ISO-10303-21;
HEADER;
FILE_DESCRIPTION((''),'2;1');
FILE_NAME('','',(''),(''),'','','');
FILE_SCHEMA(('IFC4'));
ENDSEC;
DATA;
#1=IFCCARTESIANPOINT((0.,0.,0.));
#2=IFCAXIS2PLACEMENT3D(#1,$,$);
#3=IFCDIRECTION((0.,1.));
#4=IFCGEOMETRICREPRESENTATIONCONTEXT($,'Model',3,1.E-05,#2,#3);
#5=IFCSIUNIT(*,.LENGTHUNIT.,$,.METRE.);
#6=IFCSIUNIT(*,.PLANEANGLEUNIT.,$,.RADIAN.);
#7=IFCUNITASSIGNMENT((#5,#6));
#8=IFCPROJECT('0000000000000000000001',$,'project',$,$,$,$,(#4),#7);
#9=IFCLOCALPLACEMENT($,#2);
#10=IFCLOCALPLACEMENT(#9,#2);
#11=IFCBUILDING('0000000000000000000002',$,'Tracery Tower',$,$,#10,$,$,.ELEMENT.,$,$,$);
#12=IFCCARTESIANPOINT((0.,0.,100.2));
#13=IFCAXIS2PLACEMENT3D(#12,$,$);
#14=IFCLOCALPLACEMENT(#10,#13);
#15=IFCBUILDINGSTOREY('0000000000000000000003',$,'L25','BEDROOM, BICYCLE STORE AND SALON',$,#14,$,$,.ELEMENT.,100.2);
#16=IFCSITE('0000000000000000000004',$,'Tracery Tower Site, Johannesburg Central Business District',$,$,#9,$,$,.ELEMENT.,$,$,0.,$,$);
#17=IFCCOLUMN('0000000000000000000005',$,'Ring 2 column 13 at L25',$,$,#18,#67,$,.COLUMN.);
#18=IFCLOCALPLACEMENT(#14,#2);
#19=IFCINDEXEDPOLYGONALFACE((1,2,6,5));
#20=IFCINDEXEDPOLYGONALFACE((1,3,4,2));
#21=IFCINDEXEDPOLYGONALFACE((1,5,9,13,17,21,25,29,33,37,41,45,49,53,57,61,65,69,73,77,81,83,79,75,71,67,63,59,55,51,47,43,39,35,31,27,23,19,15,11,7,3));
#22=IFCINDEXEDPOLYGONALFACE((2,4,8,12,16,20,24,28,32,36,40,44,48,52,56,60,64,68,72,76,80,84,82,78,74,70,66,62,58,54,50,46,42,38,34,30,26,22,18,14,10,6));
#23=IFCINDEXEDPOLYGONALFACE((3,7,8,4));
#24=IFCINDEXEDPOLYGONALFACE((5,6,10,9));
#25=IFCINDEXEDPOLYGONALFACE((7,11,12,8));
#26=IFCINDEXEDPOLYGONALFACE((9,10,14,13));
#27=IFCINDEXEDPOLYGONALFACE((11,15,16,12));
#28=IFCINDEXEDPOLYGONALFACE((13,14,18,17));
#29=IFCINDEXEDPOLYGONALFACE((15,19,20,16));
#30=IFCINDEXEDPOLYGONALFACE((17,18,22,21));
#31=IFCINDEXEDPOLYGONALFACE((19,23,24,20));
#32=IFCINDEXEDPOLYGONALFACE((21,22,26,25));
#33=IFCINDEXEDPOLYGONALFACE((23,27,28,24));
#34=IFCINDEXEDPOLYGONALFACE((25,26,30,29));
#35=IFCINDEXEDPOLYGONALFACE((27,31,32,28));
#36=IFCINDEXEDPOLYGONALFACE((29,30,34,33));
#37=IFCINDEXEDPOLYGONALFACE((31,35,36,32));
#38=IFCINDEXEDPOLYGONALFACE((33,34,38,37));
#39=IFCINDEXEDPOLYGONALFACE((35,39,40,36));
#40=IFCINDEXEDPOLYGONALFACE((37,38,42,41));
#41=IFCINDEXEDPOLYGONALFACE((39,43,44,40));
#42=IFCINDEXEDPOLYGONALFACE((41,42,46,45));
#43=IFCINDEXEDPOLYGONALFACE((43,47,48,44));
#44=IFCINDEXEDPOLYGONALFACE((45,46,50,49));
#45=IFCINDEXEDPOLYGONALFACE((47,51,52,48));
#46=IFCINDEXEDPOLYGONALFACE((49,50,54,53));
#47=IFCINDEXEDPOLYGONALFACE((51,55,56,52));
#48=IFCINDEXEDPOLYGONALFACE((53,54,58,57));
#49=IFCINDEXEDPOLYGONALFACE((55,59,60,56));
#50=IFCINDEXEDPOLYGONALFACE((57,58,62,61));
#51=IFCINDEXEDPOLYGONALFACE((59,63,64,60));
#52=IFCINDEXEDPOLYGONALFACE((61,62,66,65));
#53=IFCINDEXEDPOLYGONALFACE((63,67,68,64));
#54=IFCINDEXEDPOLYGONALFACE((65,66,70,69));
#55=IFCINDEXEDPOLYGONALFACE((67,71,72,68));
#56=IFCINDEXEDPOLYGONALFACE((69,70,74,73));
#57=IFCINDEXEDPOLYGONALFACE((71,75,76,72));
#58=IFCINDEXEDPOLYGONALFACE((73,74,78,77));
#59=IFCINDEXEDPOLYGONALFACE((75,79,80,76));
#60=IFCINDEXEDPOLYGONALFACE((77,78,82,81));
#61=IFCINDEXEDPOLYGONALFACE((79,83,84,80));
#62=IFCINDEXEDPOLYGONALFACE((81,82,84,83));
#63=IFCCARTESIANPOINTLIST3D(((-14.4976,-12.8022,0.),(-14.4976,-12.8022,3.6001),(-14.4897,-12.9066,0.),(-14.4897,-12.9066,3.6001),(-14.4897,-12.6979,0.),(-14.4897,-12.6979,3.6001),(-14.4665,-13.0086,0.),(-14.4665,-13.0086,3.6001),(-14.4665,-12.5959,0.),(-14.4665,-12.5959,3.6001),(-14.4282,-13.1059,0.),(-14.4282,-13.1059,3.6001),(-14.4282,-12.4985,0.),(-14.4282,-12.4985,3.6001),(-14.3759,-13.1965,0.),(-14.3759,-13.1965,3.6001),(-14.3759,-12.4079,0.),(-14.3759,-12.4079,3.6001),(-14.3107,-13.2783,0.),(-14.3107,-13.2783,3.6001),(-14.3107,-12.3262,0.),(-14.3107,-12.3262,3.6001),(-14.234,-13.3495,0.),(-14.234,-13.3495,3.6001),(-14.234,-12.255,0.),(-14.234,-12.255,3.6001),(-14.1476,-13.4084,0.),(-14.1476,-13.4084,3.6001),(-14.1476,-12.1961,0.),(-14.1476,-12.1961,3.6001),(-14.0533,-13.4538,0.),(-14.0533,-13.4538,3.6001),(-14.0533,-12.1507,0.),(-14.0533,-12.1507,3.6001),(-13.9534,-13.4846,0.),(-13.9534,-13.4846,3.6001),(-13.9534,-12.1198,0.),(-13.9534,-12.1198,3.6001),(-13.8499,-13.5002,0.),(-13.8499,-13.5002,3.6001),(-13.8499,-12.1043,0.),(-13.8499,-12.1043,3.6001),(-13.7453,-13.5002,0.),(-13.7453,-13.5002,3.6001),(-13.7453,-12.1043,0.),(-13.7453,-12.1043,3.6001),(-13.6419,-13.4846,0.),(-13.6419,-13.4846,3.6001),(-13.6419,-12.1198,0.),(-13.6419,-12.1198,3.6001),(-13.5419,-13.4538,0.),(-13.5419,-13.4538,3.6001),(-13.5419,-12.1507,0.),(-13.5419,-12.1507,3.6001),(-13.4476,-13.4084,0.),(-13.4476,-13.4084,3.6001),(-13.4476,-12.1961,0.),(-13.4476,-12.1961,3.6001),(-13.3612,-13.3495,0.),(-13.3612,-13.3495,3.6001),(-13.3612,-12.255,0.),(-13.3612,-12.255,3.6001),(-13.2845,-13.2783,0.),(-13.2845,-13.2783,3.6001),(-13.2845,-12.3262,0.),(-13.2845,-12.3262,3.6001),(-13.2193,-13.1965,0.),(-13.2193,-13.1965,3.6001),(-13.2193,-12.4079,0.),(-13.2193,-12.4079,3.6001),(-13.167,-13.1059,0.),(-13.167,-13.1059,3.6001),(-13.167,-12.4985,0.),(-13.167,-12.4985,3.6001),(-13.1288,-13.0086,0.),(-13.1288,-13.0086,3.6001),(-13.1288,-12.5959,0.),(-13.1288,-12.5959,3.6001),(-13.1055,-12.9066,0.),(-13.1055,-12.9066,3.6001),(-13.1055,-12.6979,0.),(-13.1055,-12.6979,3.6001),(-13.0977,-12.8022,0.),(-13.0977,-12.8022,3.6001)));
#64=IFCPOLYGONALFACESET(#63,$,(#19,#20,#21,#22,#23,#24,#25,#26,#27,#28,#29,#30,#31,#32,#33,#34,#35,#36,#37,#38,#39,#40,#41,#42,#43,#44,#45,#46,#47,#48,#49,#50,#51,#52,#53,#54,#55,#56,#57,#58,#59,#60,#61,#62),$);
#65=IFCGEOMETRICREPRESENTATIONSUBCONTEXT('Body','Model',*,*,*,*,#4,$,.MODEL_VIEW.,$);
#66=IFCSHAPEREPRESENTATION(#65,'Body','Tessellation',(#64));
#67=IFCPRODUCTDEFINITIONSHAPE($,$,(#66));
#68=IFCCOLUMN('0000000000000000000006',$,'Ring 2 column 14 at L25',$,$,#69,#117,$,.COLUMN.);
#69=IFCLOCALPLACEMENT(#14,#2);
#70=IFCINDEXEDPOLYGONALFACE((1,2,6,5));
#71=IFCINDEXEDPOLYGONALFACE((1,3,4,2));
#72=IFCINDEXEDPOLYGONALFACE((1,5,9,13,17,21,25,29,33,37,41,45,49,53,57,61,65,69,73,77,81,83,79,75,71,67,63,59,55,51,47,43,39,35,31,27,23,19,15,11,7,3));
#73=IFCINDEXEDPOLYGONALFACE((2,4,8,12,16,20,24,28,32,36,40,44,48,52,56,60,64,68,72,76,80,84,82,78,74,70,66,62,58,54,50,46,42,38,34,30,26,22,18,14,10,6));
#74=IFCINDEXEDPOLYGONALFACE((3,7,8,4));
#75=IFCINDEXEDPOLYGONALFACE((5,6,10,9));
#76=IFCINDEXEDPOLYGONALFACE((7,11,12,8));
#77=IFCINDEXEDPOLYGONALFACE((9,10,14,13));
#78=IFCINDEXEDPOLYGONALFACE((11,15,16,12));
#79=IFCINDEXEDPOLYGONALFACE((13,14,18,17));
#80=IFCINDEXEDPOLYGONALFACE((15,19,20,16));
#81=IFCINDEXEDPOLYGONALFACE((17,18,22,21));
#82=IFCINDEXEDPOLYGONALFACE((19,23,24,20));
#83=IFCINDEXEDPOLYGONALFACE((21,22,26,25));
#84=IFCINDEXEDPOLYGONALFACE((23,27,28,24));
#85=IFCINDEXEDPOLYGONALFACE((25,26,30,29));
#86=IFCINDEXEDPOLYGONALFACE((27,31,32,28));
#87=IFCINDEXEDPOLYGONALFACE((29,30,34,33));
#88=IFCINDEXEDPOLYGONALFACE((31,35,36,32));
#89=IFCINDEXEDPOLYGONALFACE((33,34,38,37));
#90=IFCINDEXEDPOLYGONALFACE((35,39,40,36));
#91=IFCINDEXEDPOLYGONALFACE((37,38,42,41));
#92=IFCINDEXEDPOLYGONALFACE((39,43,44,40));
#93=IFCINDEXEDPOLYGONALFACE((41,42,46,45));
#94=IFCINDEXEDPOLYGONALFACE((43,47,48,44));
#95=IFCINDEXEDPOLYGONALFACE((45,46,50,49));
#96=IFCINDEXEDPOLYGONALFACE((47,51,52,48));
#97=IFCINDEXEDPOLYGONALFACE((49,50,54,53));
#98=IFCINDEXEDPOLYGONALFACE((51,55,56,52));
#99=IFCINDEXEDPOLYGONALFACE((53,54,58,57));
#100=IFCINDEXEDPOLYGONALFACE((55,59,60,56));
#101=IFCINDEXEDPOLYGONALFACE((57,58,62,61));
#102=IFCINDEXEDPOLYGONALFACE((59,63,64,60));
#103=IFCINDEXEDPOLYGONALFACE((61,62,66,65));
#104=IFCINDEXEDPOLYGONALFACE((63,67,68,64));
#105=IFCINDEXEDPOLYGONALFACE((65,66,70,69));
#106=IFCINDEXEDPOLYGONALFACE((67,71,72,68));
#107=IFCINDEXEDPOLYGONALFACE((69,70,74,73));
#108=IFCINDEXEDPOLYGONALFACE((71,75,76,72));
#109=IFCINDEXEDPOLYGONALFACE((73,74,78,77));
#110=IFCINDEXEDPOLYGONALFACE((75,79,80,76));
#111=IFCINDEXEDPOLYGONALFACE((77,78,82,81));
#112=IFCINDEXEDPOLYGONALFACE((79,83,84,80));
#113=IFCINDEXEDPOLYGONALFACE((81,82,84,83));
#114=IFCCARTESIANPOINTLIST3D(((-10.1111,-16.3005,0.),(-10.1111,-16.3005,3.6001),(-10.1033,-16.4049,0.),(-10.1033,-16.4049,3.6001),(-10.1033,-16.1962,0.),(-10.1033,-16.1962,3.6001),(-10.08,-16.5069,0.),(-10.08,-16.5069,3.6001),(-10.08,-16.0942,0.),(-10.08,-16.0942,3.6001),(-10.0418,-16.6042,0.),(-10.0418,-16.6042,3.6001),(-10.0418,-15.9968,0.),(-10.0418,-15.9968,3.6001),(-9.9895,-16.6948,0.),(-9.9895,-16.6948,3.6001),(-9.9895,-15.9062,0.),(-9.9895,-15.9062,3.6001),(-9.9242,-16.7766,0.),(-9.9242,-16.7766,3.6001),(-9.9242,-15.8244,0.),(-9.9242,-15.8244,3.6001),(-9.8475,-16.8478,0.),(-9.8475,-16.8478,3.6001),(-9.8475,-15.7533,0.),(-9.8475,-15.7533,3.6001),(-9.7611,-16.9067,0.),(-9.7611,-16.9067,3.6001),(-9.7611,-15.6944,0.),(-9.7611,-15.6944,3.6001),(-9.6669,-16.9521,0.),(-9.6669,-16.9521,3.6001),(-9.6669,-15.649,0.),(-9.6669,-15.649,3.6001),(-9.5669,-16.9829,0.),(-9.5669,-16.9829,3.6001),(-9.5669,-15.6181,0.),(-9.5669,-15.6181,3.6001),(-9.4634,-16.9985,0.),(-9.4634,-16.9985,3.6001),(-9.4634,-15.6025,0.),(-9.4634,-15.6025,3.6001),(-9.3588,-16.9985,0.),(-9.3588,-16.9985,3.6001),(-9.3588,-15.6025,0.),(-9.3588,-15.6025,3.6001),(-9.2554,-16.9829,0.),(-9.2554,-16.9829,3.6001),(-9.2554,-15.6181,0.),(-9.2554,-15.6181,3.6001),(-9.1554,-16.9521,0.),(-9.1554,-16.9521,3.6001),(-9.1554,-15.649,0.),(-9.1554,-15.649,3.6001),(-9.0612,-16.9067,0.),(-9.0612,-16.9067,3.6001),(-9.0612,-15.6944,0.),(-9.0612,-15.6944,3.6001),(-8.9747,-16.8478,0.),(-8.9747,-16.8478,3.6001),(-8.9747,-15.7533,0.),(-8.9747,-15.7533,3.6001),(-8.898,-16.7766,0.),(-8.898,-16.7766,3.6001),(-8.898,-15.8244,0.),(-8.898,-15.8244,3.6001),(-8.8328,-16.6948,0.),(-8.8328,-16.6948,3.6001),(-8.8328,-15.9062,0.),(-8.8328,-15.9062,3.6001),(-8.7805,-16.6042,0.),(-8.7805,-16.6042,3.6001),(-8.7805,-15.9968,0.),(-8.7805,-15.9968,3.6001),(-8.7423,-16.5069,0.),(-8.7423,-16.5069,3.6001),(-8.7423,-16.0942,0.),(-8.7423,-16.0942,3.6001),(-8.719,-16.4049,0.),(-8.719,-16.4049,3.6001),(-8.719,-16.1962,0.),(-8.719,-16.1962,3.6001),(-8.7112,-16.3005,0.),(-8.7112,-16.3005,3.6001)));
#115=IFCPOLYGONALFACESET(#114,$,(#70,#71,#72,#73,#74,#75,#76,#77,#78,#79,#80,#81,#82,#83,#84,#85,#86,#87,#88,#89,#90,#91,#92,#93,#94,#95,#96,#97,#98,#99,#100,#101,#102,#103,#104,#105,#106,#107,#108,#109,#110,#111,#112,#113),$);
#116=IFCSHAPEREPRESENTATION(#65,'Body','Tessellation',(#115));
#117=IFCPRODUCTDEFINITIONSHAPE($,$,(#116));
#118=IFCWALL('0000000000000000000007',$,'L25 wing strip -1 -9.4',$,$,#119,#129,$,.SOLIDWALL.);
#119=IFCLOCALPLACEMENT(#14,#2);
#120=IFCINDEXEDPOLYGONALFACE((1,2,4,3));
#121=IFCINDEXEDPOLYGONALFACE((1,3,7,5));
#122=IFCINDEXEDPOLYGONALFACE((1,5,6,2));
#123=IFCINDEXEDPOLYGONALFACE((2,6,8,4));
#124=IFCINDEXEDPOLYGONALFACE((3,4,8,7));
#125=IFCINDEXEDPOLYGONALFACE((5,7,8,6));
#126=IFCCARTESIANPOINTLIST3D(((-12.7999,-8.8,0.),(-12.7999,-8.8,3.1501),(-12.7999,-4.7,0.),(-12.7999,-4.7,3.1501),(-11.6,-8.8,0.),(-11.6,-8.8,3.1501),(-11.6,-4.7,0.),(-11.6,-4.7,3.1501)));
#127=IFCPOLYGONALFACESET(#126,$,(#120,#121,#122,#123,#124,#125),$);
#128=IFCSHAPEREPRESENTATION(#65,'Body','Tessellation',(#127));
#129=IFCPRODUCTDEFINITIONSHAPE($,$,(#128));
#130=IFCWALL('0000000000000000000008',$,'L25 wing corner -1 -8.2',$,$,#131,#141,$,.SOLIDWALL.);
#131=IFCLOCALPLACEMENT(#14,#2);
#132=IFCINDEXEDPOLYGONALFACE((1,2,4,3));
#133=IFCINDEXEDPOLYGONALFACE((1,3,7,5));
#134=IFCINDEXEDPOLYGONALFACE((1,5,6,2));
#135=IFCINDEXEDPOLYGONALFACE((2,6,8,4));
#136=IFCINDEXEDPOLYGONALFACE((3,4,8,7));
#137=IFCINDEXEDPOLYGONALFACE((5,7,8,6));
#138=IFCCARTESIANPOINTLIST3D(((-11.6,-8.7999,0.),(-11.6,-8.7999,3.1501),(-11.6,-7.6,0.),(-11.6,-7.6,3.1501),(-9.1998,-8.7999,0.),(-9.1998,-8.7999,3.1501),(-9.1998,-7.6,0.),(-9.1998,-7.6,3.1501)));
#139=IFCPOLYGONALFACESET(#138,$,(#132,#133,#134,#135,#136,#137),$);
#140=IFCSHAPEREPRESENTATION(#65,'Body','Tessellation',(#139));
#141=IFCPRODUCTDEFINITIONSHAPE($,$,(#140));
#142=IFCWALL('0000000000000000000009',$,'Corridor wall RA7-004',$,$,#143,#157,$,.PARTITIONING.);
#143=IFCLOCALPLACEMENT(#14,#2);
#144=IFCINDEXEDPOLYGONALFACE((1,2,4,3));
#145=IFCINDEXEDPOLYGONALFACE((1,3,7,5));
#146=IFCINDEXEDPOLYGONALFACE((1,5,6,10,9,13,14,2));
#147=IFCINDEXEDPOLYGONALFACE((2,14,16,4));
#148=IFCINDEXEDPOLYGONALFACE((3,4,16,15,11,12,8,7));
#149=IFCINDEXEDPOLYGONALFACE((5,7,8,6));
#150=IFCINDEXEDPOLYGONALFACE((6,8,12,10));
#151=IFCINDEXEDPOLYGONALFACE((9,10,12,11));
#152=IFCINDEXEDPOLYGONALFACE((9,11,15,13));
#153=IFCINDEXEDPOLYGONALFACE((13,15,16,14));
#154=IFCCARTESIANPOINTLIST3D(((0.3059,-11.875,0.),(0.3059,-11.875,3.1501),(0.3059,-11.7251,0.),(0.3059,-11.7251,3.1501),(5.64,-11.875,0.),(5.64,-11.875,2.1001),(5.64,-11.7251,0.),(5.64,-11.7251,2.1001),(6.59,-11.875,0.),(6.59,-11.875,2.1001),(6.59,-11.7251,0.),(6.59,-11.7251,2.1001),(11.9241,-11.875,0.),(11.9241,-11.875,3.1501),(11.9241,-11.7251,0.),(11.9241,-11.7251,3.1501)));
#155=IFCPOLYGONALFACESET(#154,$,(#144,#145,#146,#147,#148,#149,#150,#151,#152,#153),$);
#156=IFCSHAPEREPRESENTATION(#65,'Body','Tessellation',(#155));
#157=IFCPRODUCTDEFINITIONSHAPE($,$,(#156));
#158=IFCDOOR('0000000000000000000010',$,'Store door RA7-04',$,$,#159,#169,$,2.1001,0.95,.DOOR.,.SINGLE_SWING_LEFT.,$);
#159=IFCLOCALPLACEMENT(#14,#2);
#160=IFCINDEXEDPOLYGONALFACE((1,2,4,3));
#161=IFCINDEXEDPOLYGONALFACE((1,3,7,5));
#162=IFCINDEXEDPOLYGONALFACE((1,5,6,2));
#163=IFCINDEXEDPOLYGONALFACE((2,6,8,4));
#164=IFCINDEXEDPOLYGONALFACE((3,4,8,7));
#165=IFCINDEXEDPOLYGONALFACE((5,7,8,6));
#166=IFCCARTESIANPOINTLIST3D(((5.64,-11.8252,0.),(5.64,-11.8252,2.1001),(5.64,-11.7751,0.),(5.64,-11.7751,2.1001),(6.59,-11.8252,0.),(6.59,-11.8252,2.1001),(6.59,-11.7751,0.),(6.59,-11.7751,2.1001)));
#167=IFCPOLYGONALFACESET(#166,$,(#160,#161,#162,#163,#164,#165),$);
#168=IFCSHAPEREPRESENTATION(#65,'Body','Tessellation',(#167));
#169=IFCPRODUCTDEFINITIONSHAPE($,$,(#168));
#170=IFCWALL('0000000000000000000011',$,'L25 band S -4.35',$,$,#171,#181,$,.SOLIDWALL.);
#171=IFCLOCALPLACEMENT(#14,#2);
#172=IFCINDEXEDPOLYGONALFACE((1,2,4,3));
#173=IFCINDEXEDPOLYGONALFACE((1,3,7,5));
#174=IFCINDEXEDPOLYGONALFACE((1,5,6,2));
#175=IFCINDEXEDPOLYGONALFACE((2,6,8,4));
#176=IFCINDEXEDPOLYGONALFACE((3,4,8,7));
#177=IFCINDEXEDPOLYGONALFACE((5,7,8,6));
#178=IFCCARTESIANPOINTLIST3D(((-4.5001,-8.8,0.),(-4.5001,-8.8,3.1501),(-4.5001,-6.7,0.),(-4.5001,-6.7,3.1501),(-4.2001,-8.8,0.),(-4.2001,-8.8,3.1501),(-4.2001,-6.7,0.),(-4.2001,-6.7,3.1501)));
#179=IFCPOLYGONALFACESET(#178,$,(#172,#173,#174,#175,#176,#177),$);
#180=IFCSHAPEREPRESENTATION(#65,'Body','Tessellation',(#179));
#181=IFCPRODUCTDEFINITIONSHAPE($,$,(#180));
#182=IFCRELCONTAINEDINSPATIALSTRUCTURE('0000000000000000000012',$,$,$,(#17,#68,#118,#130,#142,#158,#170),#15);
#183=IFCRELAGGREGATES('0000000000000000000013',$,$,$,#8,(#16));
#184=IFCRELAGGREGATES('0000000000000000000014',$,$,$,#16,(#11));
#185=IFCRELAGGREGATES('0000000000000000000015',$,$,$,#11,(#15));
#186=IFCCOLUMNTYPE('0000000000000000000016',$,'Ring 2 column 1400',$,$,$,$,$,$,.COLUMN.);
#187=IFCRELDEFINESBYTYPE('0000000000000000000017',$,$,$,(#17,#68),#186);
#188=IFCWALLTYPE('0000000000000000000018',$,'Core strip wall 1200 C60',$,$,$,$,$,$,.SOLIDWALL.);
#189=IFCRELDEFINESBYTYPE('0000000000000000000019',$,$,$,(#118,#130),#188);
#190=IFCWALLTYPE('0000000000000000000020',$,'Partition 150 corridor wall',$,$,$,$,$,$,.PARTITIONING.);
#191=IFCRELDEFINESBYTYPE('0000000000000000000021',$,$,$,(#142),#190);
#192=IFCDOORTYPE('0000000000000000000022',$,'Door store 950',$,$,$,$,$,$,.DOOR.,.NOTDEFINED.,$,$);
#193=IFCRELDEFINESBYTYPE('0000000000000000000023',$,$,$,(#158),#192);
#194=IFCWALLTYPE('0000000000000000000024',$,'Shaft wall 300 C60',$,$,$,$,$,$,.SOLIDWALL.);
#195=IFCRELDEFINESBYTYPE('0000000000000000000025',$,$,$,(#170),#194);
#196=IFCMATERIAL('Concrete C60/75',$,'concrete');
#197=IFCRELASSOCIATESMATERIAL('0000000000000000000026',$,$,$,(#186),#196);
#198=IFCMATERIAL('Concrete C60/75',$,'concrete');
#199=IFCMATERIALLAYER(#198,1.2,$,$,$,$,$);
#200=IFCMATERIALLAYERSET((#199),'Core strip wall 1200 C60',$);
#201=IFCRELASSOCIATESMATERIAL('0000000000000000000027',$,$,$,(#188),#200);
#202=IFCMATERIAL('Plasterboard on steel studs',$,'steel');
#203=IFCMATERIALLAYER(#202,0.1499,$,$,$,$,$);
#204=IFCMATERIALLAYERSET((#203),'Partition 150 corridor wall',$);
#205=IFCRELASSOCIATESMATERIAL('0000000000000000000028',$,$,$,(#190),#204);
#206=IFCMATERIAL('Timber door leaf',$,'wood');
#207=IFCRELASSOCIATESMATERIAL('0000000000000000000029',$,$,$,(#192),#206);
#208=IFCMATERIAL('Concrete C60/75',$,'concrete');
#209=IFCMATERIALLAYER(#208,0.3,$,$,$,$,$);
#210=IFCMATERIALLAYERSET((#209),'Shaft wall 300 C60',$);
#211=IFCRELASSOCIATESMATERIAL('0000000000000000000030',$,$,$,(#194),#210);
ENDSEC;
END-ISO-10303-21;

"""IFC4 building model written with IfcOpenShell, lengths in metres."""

from ifc_helpers import new_model, si_unit, direction, frame, frame_2d, origin, origin_2d, place, context, subcontext, project, spatial, rectangle, circle, extrude, material, layer, layer_set, material_profile, profile_set, type_object, element, fill, save


model = new_model("IFC4")

# Units and contexts
model_context = context("Model", 3, precision=1e-05, world=origin(), true_north=direction((0.0, 1.0)))
body_context = subcontext(model_context, "Body", "Model", "MODEL_VIEW")
ifc_project = project(units=[si_unit("LENGTHUNIT", "METRE"), si_unit("PLANEANGLEUNIT", "RADIAN")], contexts=[model_context])

# Site, building, storey
site_placement = place(None, origin())
site = spatial("IfcSite", under=ifc_project, at=site_placement, Name="Tracery Tower Site, Johannesburg Central Business District", CompositionType="ELEMENT", RefElevation=0.0)
building_placement = place(site_placement, origin())
building = spatial("IfcBuilding", under=site, at=building_placement, Name="Tracery Tower", CompositionType="ELEMENT")
storey_placement = place(building_placement, frame((0.0, 0.0, 100.2)))
storey = spatial("IfcBuildingStorey", under=building, at=storey_placement, Name="L25", Description="BEDROOM, BICYCLE STORE AND SALON", CompositionType="ELEMENT", Elevation=100.2)

# Columns
ifc_material_1 = material(Name="Concrete C60/75", Category="concrete")
ifc_material_profile = material_profile(ifc_material_1, circle(Radius=0.7, at=origin_2d()), Name="RC D1400")
ifc_profile_set = profile_set([ifc_material_profile], Name="Concrete C60/75")
column_type = type_object("IfcColumnType", Name="Ring 2 column 1400", PredefinedType="COLUMN", material=ifc_profile_set)
for number, where, z_axis, x_axis, name in (
    (1, (-13.7976, -12.8022, 0.0), (0.0, 0.0, 1.0), (1.0, 0.0, 0.0), "Ring 2 column 13 at L25"),
    (2, (-9.4111, -16.3005, 0.0), (0.0, 0.0, 1.0), (1.0, 0.0, 0.0), "Ring 2 column 14 at L25"),
):
    element("IfcColumn", number, at=place(storey_placement, frame(where, z_axis=z_axis, x_axis=x_axis)), inside=storey, type_object=column_type, Name=name, PredefinedType="COLUMN", context=body_context, shape_type="SweptSolid", body=[
        extrude(circle(Radius=0.7, at=origin_2d()), origin(), (0.0, 0.0, 1.0), 3.6001),
    ])

# Walls
ifc_material_2 = material(Name="Concrete C60/75", Category="concrete")
ifc_layer_1 = layer(ifc_material_2, 1.2)
ifc_layer_set_1 = layer_set([ifc_layer_1], Name="Core strip wall 1200 C60")
wall_type_1 = type_object("IfcWallType", Name="Core strip wall 1200 C60", PredefinedType="SOLIDWALL", material=ifc_layer_set_1)
wall_1_placement = place(storey_placement, frame((-12.2, -8.8, 0.0), z_axis=(0.0, 0.0, 1.0), x_axis=(0.0, 1.0, 0.0)))
element("IfcWall", 3, at=wall_1_placement, inside=storey, type_object=wall_type_1, Name="L25 wing strip -1 -9.4", PredefinedType="SOLIDWALL", context=body_context, shape_type="SweptSolid", body=[
    extrude(rectangle(XDim=4.1001, YDim=1.2, at=frame_2d((2.05, 0.0))), origin(), (0.0, 0.0, 1.0), 3.1501),
])
wall_2_placement = place(storey_placement, frame((-11.6001, -8.2, 0.0), z_axis=(0.0, 0.0, 1.0), x_axis=(1.0, 0.0, 0.0)))
element("IfcWall", 4, at=wall_2_placement, inside=storey, type_object=wall_type_1, Name="L25 wing corner -1 -8.2", PredefinedType="SOLIDWALL", context=body_context, shape_type="SweptSolid", body=[
    extrude(rectangle(XDim=2.4001, YDim=1.2, at=frame_2d((1.2002, 0.0))), origin(), (0.0, 0.0, 1.0), 3.1501),
])

# Wall, opening, door
ifc_material_3 = material(Name="Plasterboard on steel studs", Category="steel")
ifc_layer_2 = layer(ifc_material_3, 0.1499)
ifc_layer_set_2 = layer_set([ifc_layer_2], Name="Partition 150 corridor wall")
wall_type_2 = type_object("IfcWallType", Name="Partition 150 corridor wall", PredefinedType="PARTITIONING", material=ifc_layer_set_2)
wall_3_placement = place(storey_placement, frame((0.3059, -11.8, 0.0), z_axis=(0.0, 0.0, 1.0), x_axis=(1.0, 0.0, 0.0)))
wall_3 = element("IfcWall", 5, at=wall_3_placement, inside=storey, type_object=wall_type_2, Name="Corridor wall RA7-004", PredefinedType="PARTITIONING", context=body_context, shape_type="SweptSolid", body=[
    extrude(rectangle(XDim=11.6182, YDim=0.1499, at=frame_2d((5.8091, 0.0))), origin(), (0.0, 0.0, 1.0), 3.1501),
])
opening_1_placement = place(wall_3_placement, frame((5.334, 0.0, 0.0)))
opening_1 = element("IfcOpeningElement", 6, at=opening_1_placement, cuts=wall_3, PredefinedType="OPENING", context=body_context, shape_type="SweptSolid", body=[
    extrude(rectangle(XDim=0.95, YDim=2.1001, at=frame_2d((0.4751, 1.05))), frame((0.0, 0.075, 0.0), z_axis=(0.0, -1.0, 0.0), x_axis=(1.0, 0.0, 0.0)), (0.0, 0.0, 1.0), 0.1499),
])
ifc_material_4 = material(Name="Timber door leaf", Category="wood")
door_type_1 = type_object("IfcDoorType", Name="Door store 950", OperationType="NOTDEFINED", PredefinedType="DOOR", material=ifc_material_4)
door_1_placement = place(opening_1_placement, origin())
door_1 = element("IfcDoor", 7, at=door_1_placement, inside=storey, type_object=door_type_1, Name="Store door RA7-04", OperationType="SINGLE_SWING_LEFT", OverallHeight=2.1001, OverallWidth=0.95, PredefinedType="DOOR", context=body_context, shape_type="SweptSolid", body=[
    extrude(rectangle(XDim=0.95, YDim=2.1001, at=frame_2d((0.4751, 1.05))), frame((0.0, 0.0249, 0.0), z_axis=(0.0, -1.0, 0.0), x_axis=(1.0, 0.0, 0.0)), (0.0, 0.0, 1.0), 0.05),
])
fill(opening_1, door_1)

# Wall
ifc_material_5 = material(Name="Concrete C60/75", Category="concrete")
ifc_layer_3 = layer(ifc_material_5, 0.3)
ifc_layer_set_3 = layer_set([ifc_layer_3], Name="Shaft wall 300 C60")
wall_type_3 = type_object("IfcWallType", Name="Shaft wall 300 C60", PredefinedType="SOLIDWALL", material=ifc_layer_set_3)
wall_4_placement = place(storey_placement, frame((-4.3501, -8.8, 0.0), z_axis=(0.0, 0.0, 1.0), x_axis=(0.0, 1.0, 0.0)))
element("IfcWall", 8, at=wall_4_placement, inside=storey, type_object=wall_type_3, Name="L25 band S -4.35", PredefinedType="SOLIDWALL", context=body_context, shape_type="SweptSolid", body=[
    extrude(rectangle(XDim=2.1001, YDim=0.3, at=frame_2d((1.05, 0.0))), origin(), (0.0, 0.0, 1.0), 3.1501),
])

save(model, "model.ifc")
